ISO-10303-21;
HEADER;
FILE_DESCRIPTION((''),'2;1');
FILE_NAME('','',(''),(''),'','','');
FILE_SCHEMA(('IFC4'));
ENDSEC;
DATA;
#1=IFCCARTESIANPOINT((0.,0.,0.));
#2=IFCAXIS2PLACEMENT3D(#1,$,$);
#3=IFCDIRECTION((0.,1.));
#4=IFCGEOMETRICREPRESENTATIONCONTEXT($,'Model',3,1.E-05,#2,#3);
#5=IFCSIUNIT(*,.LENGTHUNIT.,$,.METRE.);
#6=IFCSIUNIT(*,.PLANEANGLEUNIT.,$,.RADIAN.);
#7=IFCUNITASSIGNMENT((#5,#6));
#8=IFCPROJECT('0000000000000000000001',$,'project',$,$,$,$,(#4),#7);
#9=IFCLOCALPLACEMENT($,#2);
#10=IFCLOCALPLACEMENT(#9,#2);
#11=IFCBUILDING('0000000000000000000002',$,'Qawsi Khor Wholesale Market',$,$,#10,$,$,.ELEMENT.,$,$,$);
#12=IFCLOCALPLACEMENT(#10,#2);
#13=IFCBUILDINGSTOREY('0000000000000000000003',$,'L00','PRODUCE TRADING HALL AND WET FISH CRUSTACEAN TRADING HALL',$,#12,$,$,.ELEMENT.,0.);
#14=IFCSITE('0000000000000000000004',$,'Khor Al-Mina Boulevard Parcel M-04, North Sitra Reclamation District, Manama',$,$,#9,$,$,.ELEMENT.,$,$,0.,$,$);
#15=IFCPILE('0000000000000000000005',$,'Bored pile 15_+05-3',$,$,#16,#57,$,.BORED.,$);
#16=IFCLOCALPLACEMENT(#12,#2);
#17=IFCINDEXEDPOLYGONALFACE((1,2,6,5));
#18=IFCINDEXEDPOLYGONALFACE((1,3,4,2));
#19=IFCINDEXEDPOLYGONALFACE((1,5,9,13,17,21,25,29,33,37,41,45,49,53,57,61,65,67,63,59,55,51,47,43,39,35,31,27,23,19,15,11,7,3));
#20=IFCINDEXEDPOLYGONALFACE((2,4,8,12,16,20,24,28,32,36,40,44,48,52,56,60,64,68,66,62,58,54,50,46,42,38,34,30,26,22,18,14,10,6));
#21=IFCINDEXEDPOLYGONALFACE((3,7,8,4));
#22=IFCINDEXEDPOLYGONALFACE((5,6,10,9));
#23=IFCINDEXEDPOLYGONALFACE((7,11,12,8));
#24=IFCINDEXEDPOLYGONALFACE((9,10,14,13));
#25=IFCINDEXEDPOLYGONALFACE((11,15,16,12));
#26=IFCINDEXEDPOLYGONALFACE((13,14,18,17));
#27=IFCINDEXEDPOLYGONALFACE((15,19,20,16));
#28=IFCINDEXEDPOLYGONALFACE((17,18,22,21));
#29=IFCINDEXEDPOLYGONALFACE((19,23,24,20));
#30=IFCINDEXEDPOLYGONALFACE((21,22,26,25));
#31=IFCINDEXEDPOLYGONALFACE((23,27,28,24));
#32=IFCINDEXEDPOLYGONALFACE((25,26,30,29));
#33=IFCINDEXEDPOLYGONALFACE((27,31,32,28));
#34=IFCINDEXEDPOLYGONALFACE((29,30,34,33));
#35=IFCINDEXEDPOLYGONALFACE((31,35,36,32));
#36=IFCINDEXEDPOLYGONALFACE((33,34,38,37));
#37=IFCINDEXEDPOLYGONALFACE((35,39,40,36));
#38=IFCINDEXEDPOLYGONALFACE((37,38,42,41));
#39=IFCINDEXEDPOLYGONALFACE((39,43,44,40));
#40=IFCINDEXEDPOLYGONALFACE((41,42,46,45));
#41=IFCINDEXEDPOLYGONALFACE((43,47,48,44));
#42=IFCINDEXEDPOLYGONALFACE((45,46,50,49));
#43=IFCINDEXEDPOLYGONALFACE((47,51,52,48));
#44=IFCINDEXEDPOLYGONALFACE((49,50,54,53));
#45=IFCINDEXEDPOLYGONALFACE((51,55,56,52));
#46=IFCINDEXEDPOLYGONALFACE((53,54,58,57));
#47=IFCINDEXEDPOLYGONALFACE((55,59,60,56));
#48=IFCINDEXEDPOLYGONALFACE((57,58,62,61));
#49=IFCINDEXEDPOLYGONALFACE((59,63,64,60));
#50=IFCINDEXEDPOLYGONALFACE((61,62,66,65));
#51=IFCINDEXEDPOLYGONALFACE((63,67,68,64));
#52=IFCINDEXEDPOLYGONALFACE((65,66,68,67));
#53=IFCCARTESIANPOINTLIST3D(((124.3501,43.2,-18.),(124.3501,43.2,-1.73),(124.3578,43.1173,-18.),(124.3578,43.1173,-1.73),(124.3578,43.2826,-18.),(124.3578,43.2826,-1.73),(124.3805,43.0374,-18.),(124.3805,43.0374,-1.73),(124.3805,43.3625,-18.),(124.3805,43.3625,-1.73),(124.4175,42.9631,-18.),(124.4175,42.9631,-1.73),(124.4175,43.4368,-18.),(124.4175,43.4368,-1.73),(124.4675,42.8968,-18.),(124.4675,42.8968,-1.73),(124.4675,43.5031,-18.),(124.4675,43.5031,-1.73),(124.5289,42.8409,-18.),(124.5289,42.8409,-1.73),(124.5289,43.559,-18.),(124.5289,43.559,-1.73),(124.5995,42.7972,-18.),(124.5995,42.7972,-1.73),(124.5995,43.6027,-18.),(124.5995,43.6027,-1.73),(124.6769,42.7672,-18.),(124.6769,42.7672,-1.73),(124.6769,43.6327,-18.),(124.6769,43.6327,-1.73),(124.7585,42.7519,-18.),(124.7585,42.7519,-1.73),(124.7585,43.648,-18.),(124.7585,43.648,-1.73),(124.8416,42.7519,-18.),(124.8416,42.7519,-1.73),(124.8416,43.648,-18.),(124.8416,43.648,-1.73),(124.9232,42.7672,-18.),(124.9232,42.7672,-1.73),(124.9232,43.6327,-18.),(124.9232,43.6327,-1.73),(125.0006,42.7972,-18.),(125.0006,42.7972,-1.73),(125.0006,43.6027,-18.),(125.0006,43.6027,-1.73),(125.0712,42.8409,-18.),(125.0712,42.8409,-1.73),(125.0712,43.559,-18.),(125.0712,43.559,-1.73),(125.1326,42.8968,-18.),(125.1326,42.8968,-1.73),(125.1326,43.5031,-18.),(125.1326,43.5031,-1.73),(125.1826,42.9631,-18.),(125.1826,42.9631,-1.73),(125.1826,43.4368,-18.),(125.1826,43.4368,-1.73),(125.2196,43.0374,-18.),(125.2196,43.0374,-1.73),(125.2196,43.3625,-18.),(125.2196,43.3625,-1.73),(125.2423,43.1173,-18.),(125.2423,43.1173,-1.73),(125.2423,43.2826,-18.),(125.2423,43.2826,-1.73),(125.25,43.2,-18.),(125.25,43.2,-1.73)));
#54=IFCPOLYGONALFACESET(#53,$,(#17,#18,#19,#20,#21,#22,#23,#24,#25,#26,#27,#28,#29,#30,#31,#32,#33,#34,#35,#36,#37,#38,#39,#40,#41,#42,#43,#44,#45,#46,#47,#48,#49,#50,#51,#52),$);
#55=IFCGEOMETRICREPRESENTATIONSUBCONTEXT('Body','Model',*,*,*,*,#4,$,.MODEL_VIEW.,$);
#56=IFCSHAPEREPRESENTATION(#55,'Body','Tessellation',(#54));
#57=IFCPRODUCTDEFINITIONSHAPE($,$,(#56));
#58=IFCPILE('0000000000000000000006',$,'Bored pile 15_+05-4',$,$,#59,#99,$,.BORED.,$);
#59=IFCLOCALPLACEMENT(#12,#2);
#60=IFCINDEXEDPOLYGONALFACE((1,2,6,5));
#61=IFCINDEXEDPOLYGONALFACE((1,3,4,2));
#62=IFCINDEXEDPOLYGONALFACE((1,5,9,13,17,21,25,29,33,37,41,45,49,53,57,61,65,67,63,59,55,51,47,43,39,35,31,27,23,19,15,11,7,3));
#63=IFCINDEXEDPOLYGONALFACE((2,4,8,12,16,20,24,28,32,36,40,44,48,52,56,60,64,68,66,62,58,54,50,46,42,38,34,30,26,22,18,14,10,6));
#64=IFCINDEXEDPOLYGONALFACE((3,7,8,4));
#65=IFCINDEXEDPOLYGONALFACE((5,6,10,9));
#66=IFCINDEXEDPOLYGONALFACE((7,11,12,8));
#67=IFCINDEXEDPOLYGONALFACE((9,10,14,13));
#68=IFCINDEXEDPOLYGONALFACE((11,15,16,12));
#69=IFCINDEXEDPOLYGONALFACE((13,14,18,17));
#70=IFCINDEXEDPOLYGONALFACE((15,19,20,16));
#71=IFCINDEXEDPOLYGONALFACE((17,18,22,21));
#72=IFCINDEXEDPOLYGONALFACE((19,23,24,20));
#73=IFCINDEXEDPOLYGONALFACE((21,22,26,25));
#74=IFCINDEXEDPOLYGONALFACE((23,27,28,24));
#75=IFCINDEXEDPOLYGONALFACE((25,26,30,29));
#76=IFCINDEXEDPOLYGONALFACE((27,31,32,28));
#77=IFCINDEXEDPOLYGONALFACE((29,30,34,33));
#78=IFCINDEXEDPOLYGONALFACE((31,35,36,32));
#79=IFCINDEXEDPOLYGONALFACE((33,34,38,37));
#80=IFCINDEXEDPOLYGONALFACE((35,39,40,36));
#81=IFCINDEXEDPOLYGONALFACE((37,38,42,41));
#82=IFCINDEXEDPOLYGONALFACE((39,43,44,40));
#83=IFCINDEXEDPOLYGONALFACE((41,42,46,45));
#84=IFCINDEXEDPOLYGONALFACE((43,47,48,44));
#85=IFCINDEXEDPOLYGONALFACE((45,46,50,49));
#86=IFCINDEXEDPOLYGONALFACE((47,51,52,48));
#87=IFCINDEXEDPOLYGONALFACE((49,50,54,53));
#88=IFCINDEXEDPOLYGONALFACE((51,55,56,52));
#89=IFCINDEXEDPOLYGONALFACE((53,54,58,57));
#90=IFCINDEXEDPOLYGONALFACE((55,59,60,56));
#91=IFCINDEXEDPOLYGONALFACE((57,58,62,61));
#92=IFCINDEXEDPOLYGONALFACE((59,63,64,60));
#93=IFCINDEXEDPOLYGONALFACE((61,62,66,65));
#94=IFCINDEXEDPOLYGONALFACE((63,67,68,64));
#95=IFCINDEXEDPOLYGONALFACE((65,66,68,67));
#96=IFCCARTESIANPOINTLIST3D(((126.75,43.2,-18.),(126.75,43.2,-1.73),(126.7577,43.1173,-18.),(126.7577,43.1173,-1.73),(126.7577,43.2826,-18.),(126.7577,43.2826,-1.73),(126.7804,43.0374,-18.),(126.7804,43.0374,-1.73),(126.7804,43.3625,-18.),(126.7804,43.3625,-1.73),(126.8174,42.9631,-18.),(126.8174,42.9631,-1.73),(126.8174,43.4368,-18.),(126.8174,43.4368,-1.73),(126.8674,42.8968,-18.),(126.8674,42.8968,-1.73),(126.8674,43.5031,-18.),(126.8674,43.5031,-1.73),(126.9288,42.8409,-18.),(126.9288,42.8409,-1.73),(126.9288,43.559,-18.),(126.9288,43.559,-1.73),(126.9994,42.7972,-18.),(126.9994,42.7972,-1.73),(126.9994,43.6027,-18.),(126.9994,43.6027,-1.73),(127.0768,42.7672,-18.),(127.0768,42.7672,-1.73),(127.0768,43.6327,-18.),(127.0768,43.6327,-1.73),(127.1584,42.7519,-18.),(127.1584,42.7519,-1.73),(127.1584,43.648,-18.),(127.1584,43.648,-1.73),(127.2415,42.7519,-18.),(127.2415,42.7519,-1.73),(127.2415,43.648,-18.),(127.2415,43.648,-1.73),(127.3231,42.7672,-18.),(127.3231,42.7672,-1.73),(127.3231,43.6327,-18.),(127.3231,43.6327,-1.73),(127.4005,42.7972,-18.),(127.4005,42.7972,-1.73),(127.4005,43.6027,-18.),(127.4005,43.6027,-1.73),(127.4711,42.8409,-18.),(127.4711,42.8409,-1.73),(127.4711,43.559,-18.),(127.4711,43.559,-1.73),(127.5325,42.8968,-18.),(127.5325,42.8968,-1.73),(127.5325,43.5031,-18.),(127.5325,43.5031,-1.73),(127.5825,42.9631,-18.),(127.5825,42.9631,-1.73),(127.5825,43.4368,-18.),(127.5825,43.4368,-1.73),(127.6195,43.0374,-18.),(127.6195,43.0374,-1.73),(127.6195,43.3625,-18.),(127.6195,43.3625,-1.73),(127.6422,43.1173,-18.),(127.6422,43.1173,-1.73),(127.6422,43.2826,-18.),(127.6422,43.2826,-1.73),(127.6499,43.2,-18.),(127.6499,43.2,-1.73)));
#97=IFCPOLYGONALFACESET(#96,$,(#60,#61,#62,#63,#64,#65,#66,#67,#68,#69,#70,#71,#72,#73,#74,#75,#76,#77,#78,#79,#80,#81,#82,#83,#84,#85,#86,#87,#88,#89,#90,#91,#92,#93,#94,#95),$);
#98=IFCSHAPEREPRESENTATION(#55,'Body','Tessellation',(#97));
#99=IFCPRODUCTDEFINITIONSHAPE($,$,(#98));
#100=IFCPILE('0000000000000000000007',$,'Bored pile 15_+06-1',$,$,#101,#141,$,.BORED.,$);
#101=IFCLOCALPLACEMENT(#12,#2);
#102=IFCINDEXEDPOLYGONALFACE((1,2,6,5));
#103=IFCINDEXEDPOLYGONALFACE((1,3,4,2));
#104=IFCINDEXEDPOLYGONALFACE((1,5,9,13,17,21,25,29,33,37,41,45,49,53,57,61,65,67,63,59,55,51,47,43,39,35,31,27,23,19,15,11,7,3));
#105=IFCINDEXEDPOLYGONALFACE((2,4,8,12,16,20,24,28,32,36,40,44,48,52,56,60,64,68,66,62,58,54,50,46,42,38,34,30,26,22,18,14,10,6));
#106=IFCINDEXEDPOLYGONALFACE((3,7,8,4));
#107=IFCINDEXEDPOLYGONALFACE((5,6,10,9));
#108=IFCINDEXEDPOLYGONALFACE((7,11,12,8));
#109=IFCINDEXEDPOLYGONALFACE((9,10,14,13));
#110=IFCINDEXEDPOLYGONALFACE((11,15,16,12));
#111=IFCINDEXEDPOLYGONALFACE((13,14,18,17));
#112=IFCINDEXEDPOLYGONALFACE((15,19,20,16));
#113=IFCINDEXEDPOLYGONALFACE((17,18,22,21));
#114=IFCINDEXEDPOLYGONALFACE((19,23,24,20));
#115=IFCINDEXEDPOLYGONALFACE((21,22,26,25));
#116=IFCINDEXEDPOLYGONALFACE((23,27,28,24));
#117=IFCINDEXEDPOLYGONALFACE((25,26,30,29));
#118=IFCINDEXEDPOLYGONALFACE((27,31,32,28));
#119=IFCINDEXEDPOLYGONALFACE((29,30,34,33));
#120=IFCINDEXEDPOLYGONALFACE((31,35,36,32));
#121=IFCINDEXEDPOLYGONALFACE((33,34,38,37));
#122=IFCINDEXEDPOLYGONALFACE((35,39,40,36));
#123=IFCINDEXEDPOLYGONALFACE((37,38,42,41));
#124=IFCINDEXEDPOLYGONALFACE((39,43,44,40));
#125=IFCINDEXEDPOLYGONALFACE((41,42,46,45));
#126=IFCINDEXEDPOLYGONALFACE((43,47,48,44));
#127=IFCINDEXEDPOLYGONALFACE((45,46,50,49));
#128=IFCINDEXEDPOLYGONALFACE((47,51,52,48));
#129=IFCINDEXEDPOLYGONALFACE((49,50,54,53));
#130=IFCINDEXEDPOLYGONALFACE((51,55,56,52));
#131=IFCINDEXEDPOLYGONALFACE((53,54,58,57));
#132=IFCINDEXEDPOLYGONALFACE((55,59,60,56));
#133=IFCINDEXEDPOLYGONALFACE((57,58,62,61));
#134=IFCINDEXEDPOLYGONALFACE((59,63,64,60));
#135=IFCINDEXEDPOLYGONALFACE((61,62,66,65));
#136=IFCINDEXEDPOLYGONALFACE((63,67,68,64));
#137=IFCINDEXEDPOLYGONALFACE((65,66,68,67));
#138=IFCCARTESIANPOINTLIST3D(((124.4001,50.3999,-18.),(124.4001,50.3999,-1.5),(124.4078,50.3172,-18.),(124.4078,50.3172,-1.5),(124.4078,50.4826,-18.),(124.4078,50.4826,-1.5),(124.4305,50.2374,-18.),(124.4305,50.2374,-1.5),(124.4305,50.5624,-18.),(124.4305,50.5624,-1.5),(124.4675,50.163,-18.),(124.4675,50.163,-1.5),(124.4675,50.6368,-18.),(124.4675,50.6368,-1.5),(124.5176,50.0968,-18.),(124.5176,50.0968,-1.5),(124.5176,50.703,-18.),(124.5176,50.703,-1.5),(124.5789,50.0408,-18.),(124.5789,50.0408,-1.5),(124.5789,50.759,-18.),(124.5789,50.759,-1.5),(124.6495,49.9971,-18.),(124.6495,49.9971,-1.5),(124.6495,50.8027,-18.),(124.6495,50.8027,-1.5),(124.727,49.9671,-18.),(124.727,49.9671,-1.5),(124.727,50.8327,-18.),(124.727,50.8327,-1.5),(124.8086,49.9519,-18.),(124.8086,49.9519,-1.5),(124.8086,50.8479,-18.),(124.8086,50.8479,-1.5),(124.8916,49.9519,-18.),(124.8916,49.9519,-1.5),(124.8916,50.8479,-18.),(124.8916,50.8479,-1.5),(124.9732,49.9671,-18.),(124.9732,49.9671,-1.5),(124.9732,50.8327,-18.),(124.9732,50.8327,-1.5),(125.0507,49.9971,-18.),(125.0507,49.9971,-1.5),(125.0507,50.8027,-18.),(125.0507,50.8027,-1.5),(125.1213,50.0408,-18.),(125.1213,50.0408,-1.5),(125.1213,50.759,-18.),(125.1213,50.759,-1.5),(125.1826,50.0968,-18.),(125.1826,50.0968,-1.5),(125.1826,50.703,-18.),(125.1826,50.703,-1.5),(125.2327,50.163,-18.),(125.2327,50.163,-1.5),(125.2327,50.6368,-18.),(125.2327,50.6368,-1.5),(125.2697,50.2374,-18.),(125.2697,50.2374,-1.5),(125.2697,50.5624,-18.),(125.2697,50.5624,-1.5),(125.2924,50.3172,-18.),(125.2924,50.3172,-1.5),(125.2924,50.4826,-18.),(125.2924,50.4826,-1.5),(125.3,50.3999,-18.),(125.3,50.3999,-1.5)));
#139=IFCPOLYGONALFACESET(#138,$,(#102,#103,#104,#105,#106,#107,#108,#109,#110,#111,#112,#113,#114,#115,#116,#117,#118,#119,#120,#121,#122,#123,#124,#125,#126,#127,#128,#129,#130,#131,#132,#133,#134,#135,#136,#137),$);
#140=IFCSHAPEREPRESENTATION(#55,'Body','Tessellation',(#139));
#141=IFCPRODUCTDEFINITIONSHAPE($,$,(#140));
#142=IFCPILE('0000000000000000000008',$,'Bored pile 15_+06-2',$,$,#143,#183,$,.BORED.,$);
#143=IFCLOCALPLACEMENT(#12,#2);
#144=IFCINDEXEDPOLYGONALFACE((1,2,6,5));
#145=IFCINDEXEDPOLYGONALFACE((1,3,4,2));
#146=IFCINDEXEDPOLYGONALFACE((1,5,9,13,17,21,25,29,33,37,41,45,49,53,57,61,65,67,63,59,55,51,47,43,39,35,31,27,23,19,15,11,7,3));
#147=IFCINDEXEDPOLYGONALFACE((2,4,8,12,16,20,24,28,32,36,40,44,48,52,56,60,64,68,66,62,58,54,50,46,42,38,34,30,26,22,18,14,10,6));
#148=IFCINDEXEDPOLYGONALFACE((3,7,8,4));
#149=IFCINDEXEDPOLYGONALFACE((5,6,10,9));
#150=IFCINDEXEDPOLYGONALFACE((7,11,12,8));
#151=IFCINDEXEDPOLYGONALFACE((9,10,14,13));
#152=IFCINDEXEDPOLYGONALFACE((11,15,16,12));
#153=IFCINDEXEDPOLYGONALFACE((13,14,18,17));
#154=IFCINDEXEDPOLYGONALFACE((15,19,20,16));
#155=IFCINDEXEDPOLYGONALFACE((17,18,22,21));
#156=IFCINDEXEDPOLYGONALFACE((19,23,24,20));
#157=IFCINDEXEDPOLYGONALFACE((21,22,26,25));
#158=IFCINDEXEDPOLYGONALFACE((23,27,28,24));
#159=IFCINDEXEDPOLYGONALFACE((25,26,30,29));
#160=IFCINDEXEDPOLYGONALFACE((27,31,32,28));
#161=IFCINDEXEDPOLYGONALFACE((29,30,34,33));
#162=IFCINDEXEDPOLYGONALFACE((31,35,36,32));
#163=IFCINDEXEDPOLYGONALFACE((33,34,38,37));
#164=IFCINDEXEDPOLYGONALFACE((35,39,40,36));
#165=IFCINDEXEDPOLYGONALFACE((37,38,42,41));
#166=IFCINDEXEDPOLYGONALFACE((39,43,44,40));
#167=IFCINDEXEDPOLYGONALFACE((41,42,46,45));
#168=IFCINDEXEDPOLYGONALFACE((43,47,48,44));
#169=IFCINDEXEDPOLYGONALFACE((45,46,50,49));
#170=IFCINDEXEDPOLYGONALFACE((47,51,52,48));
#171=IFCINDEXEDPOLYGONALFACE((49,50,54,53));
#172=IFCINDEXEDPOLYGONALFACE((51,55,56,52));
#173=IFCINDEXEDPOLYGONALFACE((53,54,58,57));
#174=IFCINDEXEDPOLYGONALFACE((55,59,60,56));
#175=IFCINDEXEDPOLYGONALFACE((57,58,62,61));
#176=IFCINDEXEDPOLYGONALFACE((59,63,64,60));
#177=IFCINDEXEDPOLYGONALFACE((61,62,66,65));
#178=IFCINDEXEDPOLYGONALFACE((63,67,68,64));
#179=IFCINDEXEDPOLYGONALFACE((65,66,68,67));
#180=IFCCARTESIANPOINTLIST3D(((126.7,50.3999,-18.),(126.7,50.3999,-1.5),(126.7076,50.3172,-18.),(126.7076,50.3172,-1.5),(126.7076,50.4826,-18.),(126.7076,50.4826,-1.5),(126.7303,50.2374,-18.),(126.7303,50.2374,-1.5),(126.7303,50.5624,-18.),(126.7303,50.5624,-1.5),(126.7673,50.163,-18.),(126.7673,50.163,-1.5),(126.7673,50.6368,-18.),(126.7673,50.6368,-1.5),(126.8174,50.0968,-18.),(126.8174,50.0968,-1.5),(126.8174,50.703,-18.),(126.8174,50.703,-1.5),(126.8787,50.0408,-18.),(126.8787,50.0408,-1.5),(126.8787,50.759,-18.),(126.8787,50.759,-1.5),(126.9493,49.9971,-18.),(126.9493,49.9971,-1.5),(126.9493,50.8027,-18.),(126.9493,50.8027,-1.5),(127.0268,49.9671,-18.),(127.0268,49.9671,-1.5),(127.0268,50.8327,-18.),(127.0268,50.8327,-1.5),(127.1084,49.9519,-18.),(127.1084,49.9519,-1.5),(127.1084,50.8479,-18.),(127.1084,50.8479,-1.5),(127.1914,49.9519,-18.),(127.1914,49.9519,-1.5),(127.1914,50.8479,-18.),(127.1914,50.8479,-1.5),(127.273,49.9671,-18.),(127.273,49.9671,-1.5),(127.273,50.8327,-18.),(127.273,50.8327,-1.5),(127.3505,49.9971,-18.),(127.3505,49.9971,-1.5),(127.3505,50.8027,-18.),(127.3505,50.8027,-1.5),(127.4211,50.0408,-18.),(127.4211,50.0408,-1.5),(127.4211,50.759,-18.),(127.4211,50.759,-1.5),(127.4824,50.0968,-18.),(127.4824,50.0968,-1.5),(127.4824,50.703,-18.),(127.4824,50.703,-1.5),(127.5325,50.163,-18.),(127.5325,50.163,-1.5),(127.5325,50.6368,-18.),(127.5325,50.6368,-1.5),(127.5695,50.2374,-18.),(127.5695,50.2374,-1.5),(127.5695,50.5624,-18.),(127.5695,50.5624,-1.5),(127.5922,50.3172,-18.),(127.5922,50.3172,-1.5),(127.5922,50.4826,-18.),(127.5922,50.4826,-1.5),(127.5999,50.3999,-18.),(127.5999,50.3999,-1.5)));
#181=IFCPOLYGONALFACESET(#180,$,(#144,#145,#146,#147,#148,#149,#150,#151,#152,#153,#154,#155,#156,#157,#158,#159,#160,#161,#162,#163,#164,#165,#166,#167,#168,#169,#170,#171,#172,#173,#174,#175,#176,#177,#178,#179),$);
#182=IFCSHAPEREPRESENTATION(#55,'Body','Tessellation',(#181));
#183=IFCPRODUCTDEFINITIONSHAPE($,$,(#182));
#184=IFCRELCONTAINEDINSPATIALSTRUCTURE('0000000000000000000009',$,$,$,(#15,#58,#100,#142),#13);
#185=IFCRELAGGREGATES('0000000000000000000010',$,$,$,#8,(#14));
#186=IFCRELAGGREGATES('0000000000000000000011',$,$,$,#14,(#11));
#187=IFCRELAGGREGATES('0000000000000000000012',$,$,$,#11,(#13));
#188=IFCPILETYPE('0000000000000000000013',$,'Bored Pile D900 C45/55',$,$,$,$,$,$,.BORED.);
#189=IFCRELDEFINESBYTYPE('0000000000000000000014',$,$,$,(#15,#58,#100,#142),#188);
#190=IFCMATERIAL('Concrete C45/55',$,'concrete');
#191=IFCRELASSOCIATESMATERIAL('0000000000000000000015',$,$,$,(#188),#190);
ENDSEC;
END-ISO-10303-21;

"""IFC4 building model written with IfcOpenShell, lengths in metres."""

from ifc_helpers import new_model, si_unit, direction, frame, origin, origin_2d, place, context, subcontext, project, spatial, circle, extrude, material, material_profile, profile_set, type_object, element, save


model = new_model("IFC4")

# Units and contexts
model_context = context("Model", 3, precision=1e-05, world=origin(), true_north=direction((0.0, 1.0)))
body_context = subcontext(model_context, "Body", "Model", "MODEL_VIEW")
ifc_project = project(units=[si_unit("LENGTHUNIT", "METRE"), si_unit("PLANEANGLEUNIT", "RADIAN")], contexts=[model_context])

# Site, building, storey
site_placement = place(None, origin())
site = spatial("IfcSite", under=ifc_project, at=site_placement, Name="Khor Al-Mina Boulevard Parcel M-04, North Sitra Reclamation District, Manama", CompositionType="ELEMENT", RefElevation=0.0)
building_placement = place(site_placement, origin())
building = spatial("IfcBuilding", under=site, at=building_placement, Name="Qawsi Khor Wholesale Market", CompositionType="ELEMENT")
storey_placement = place(building_placement, origin())
storey = spatial("IfcBuildingStorey", under=building, at=storey_placement, Name="L00", Description="PRODUCE TRADING HALL AND WET FISH CRUSTACEAN TRADING HALL", CompositionType="ELEMENT", Elevation=0.0)

# Piles
ifc_material_1 = material(Name="Concrete C45/55", Category="concrete")
ifc_material_profile_1 = material_profile(ifc_material_1, circle(Radius=0.45, at=origin_2d()), Name="PILE D900")
ifc_profile_set_1 = profile_set([ifc_material_profile_1], Name="Concrete C45/55")
pile_type = type_object("IfcPileType", Name="Bored Pile D900 C45/55", PredefinedType="BORED", material=ifc_profile_set_1)
for number, where, z_axis, x_axis, name in (
    (1, (124.8, 43.2, -1.73), (0.0, 0.0, -1.0), (1.0, 0.0, 0.0), "Bored pile 15_+05-3"),
    (2, (127.2, 43.2, -1.73), (0.0, 0.0, -1.0), (1.0, 0.0, 0.0), "Bored pile 15_+05-4"),
):
    element("IfcPile", number, at=place(storey_placement, frame(where, z_axis=z_axis, x_axis=x_axis)), inside=storey, type_object=pile_type, Name=name, PredefinedType="BORED", context=body_context, shape_type="SweptSolid", body=[
        extrude(circle(Radius=0.45, at=origin_2d()), origin(), (0.0, 0.0, 1.0), 16.27),
    ])
for number, where, z_axis, x_axis, name in (
    (3, (124.8501, 50.3999, -1.5), (0.0, 0.0, -1.0), (1.0, 0.0, 0.0), "Bored pile 15_+06-1"),
    (4, (127.1499, 50.3999, -1.5), (0.0, 0.0, -1.0), (1.0, 0.0, 0.0), "Bored pile 15_+06-2"),
):
    element("IfcPile", number, at=place(storey_placement, frame(where, z_axis=z_axis, x_axis=x_axis)), inside=storey, type_object=pile_type, Name=name, PredefinedType="BORED", context=body_context, shape_type="SweptSolid", body=[
        extrude(circle(Radius=0.45, at=origin_2d()), origin(), (0.0, 0.0, 1.0), 16.5),
    ])

save(model, "model.ifc")
